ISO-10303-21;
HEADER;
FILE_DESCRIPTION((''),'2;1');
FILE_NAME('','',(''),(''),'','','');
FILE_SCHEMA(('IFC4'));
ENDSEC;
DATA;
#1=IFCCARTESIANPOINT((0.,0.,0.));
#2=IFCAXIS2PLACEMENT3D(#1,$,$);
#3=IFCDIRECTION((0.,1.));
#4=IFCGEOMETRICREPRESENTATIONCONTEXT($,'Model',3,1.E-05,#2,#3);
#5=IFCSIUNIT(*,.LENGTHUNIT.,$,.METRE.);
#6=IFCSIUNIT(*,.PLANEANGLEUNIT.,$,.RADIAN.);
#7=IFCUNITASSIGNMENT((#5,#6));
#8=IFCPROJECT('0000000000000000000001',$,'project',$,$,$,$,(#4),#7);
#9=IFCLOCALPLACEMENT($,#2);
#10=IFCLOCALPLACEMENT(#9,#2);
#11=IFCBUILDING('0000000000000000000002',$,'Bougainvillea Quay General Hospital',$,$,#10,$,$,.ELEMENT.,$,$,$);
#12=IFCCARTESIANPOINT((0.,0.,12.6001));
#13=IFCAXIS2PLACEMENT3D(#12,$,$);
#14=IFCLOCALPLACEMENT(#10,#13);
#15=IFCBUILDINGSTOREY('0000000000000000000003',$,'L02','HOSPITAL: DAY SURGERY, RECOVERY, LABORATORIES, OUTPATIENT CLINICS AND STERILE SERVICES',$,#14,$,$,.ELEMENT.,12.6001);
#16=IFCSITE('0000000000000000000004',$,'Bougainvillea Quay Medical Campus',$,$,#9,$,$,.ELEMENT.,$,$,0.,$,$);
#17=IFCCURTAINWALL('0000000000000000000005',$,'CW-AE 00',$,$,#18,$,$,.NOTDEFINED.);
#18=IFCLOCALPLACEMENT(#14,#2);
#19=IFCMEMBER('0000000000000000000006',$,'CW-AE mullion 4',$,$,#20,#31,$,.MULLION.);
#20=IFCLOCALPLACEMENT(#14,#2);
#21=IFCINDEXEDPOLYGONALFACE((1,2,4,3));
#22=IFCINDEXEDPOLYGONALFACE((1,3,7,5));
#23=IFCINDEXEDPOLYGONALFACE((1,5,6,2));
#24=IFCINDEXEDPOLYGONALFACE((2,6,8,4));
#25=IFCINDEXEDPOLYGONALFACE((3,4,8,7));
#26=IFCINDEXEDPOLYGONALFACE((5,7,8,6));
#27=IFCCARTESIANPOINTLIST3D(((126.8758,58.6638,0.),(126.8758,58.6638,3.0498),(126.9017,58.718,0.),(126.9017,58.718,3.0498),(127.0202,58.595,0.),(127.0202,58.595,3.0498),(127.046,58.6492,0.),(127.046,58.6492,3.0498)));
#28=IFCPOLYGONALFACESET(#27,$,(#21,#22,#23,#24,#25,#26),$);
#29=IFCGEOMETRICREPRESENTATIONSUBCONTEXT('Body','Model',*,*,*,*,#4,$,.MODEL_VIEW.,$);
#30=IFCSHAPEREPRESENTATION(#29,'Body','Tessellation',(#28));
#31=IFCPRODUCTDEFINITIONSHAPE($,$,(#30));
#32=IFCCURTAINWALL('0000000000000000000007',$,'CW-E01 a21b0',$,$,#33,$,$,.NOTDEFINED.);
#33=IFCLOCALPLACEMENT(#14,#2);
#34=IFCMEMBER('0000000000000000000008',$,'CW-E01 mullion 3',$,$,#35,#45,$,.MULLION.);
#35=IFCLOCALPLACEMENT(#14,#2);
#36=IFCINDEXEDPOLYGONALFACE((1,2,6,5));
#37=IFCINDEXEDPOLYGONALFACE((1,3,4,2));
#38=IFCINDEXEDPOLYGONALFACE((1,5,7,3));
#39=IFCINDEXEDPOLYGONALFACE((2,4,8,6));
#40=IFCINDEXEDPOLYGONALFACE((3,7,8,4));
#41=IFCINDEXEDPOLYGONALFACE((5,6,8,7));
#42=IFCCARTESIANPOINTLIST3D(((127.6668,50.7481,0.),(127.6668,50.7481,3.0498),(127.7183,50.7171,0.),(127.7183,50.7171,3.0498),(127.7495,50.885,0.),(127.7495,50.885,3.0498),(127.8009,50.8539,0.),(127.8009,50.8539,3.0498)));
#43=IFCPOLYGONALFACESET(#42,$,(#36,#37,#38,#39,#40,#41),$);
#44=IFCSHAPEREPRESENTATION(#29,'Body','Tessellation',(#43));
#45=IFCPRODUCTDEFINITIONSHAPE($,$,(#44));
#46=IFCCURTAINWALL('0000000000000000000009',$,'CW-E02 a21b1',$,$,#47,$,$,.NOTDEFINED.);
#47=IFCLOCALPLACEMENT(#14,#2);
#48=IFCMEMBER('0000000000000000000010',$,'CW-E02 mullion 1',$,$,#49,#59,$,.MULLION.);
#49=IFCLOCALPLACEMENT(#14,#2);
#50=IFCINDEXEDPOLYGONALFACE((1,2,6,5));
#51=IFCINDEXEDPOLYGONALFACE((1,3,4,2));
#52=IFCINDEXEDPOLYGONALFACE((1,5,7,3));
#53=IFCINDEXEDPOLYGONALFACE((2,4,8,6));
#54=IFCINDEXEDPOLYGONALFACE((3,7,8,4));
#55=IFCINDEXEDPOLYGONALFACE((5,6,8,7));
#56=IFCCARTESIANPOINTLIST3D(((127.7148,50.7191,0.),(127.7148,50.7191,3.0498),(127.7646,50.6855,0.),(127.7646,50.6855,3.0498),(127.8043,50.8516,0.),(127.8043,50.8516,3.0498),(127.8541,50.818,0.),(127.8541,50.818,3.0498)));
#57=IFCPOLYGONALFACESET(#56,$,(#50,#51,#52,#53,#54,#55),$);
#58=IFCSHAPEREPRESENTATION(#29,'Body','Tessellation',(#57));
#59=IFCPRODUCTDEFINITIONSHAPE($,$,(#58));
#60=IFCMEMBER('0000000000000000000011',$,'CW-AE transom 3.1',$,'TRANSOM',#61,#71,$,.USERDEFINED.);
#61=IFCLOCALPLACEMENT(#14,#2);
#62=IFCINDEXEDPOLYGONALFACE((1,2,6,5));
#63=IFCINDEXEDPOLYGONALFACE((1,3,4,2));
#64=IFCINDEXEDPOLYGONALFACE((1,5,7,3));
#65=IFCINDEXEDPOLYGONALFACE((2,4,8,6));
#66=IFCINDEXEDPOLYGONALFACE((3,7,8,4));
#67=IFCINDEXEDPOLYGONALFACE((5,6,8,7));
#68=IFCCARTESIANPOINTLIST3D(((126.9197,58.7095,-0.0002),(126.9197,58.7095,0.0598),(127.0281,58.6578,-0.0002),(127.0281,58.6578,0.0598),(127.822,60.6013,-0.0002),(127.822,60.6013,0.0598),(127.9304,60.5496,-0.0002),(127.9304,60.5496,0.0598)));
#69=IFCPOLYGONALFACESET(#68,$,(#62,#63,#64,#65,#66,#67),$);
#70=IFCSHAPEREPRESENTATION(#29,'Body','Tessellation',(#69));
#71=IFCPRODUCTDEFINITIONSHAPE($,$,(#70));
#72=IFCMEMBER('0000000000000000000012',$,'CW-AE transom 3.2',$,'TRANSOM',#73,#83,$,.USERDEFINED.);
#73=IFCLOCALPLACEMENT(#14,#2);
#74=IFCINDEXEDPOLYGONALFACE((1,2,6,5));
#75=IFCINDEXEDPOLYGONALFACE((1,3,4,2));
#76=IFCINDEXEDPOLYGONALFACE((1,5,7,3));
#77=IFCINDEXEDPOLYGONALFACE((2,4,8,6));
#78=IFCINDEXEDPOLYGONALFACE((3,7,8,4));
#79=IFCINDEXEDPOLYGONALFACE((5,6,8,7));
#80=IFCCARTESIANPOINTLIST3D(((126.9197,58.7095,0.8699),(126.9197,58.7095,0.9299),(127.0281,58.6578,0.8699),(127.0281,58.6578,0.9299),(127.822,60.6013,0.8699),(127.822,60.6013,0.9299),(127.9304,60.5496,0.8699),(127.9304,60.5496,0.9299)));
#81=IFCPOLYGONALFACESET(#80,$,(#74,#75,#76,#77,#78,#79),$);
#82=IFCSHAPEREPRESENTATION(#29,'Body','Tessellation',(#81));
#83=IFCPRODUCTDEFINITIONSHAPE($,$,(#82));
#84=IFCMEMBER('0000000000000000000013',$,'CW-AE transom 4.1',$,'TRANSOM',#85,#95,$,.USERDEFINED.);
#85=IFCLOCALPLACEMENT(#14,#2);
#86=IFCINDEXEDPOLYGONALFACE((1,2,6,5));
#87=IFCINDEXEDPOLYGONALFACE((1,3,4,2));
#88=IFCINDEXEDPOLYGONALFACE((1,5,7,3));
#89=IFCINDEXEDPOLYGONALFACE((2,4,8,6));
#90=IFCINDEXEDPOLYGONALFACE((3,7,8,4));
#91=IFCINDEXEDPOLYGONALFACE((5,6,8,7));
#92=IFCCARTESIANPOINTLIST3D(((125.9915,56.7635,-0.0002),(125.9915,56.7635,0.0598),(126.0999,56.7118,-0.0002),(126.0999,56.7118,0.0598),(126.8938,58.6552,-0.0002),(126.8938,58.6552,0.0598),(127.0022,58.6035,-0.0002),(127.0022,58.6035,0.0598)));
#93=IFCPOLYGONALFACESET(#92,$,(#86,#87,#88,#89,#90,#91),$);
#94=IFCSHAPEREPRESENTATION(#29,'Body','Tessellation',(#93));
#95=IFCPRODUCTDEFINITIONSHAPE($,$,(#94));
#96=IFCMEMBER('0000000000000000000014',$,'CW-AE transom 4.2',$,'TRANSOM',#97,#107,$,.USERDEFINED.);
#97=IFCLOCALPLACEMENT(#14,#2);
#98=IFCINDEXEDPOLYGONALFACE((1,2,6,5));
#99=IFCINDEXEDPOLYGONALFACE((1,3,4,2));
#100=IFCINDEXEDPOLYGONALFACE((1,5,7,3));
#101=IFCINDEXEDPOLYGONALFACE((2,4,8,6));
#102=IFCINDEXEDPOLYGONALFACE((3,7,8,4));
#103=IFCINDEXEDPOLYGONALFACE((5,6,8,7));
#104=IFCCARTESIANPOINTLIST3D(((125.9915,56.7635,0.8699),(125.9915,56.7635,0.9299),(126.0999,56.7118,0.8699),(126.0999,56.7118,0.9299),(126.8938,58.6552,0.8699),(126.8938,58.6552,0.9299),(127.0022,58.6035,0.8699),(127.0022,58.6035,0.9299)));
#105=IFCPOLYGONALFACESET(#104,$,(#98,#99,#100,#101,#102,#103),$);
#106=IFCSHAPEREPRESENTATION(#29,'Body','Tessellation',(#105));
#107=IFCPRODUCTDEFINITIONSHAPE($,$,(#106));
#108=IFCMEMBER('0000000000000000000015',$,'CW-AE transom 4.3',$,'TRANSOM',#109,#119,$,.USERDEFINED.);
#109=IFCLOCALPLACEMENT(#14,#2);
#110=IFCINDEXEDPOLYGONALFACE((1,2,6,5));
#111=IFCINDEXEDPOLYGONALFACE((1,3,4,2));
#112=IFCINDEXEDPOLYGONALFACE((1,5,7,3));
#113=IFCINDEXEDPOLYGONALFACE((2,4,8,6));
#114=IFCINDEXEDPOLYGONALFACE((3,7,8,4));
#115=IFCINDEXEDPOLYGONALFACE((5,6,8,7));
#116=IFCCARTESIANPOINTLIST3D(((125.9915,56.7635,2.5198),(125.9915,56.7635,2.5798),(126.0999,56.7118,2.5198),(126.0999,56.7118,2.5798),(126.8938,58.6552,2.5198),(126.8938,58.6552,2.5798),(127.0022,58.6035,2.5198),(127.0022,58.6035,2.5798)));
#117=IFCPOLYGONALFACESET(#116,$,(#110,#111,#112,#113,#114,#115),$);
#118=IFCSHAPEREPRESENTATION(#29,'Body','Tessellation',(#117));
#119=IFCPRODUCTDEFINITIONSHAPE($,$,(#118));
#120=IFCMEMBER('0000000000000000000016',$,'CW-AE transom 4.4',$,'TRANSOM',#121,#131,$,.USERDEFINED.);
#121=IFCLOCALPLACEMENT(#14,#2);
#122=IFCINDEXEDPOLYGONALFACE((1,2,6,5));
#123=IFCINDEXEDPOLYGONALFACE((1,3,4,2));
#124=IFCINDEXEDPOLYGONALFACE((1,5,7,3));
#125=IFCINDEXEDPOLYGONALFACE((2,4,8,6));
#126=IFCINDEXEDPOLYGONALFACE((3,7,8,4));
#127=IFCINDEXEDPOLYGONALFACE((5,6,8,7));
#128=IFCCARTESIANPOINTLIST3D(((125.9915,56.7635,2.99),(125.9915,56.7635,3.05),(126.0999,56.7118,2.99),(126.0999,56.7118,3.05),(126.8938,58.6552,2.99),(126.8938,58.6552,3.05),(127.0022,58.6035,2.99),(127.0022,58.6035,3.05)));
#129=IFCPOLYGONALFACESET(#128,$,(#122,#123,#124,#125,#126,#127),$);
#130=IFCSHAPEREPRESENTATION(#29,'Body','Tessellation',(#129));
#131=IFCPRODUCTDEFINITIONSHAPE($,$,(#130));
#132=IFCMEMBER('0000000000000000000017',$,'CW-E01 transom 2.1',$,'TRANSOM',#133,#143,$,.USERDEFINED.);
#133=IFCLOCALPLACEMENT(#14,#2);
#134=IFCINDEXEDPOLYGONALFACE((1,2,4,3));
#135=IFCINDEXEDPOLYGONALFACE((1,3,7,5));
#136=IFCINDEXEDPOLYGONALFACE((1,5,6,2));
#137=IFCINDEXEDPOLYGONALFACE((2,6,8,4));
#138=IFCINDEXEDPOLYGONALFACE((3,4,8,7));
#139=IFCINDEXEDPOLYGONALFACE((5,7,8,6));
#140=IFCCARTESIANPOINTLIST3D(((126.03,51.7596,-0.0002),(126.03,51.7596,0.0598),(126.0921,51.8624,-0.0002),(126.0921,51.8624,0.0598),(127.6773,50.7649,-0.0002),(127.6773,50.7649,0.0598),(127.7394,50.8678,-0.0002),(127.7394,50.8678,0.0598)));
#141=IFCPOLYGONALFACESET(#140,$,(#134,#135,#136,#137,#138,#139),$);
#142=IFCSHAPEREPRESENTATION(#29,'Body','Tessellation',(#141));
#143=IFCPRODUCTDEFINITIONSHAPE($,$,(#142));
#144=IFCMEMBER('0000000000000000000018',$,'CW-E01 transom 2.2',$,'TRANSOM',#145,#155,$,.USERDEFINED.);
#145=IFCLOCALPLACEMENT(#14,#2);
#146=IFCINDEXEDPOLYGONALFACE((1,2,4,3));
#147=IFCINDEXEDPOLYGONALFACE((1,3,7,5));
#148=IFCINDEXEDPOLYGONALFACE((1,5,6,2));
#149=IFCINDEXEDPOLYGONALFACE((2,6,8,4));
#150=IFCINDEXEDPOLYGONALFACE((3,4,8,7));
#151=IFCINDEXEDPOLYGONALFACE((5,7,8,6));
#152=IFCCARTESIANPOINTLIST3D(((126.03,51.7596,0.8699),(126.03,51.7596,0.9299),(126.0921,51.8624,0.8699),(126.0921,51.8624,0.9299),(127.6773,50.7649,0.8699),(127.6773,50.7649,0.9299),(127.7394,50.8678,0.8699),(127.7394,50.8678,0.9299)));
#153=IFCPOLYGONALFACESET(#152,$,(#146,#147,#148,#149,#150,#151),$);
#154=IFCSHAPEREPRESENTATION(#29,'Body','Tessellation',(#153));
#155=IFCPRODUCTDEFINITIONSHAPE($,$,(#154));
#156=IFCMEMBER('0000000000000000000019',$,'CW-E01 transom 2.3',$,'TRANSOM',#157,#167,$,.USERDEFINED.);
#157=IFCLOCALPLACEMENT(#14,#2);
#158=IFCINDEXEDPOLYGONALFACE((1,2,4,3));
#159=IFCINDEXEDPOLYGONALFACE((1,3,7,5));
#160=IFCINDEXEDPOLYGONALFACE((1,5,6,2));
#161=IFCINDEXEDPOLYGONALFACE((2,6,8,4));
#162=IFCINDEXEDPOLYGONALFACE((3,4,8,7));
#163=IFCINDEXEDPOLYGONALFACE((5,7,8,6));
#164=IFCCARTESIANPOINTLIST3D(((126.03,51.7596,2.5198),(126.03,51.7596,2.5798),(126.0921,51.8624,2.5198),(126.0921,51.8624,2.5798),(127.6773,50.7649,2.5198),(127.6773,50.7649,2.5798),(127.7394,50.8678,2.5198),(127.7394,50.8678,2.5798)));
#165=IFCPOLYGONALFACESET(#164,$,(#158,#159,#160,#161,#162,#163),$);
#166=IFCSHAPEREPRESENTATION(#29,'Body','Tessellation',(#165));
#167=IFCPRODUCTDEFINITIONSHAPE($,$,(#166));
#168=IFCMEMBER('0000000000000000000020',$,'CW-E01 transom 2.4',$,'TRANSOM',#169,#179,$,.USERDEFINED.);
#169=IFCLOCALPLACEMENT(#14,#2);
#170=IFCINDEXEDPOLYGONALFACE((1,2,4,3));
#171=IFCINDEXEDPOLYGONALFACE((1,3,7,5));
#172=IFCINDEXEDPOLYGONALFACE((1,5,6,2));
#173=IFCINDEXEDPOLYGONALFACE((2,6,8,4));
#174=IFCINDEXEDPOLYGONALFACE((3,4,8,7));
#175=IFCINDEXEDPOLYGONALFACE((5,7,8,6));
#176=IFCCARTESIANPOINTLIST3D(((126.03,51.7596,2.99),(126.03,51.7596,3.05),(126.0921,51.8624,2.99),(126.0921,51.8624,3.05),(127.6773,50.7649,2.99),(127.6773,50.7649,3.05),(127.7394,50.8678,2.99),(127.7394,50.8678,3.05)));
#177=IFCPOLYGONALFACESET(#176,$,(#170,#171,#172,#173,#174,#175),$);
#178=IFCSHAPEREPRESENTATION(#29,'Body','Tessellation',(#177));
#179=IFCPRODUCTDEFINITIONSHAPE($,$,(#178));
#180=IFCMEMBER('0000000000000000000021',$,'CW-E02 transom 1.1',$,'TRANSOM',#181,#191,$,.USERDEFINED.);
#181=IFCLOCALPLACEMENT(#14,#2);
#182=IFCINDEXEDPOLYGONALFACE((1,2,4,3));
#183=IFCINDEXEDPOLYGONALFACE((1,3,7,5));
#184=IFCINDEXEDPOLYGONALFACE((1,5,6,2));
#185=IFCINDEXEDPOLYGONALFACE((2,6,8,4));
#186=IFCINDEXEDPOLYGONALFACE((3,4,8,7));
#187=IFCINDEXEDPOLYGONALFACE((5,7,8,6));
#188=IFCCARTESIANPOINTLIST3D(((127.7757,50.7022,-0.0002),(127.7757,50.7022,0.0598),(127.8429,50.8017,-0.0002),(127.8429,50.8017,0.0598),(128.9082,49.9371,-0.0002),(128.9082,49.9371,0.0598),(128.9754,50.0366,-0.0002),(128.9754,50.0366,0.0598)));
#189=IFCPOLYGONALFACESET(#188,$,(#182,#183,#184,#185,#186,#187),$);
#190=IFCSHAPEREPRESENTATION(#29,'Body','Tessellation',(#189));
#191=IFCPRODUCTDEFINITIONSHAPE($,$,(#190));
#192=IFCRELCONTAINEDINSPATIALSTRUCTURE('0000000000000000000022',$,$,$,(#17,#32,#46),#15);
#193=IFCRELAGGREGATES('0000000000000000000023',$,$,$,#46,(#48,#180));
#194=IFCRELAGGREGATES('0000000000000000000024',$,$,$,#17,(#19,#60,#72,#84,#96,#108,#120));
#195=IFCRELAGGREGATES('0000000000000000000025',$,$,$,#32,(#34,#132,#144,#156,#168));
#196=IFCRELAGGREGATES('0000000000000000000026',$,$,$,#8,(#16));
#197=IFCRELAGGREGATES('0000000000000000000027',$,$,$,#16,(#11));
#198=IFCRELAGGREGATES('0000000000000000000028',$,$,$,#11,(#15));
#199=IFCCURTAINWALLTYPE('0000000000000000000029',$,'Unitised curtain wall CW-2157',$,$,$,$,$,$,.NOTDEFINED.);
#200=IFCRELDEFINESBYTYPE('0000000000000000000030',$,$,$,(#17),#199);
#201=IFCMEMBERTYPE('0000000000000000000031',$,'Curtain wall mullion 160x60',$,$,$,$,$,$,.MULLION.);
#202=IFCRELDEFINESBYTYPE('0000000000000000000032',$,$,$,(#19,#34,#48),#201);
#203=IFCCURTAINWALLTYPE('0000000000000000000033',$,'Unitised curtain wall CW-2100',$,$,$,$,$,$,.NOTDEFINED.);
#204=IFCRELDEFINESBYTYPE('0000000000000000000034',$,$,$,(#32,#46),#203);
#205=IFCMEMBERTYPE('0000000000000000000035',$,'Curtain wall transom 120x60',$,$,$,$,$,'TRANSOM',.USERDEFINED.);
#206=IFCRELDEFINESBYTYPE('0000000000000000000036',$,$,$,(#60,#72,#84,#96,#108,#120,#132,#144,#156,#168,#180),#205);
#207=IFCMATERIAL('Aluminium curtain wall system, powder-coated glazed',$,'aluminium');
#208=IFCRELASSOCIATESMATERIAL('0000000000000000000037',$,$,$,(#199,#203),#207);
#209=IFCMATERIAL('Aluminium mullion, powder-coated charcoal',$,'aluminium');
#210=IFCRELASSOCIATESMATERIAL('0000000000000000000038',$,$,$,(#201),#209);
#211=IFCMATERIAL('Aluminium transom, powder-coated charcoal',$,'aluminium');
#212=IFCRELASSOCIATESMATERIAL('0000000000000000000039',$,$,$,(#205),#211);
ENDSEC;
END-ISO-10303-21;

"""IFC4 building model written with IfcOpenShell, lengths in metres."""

from ifc_helpers import new_model, si_unit, direction, frame, origin, origin_2d, place, context, subcontext, project, spatial, rectangle, extrude, material, material_profile, profile_set, type_object, element, aggregate, save


model = new_model("IFC4")

# Units and contexts
model_context = context("Model", 3, precision=1e-05, world=origin(), true_north=direction((0.0, 1.0)))
body_context = subcontext(model_context, "Body", "Model", "MODEL_VIEW")
ifc_project = project(units=[si_unit("LENGTHUNIT", "METRE"), si_unit("PLANEANGLEUNIT", "RADIAN")], contexts=[model_context])

# Site, building, storey
site_placement = place(None, origin())
site = spatial("IfcSite", under=ifc_project, at=site_placement, Name="Bougainvillea Quay Medical Campus", CompositionType="ELEMENT", RefElevation=0.0)
building_placement = place(site_placement, origin())
building = spatial("IfcBuilding", under=site, at=building_placement, Name="Bougainvillea Quay General Hospital", CompositionType="ELEMENT")
storey_placement = place(building_placement, frame((0.0, 0.0, 12.6001)))
storey = spatial("IfcBuildingStorey", under=building, at=storey_placement, Name="L02", Description="HOSPITAL: DAY SURGERY, RECOVERY, LABORATORIES, OUTPATIENT CLINICS AND STERILE SERVICES", CompositionType="ELEMENT", Elevation=12.6001)

# Curtain walls, members
ifc_material_1 = material(Name="Aluminium curtain wall system, powder-coated glazed", Category="aluminium")
curtain_wall_type_1 = type_object("IfcCurtainWallType", Name="Unitised curtain wall CW-2157", PredefinedType="NOTDEFINED", material=ifc_material_1)
curtain_wall_1_placement = place(storey_placement, origin())
curtain_wall_1 = element("IfcCurtainWall", 1, at=curtain_wall_1_placement, inside=storey, type_object=curtain_wall_type_1, Name="CW-AE 00", PredefinedType="NOTDEFINED")
ifc_material_2 = material(Name="Aluminium mullion, powder-coated charcoal", Category="aluminium")
ifc_material_profile_1 = material_profile(ifc_material_2, rectangle(XDim=0.1599, YDim=0.0601, at=origin_2d()))
ifc_profile_set_1 = profile_set([ifc_material_profile_1], Name="Aluminium mullion, powder-coated charcoal")
member_type_1 = type_object("IfcMemberType", Name="Curtain wall mullion 160x60", PredefinedType="MULLION", material=ifc_profile_set_1)
member_1_placement = place(storey_placement, frame((126.9609, 58.6565, 0.0), z_axis=(0.0, 0.0, 1.0), x_axis=(0.902576, -0.43053, 0.0)))
member_1 = element("IfcMember", 2, at=member_1_placement, type_object=member_type_1, Name="CW-AE mullion 4", PredefinedType="MULLION", context=body_context, shape_type="SweptSolid", body=[
    extrude(rectangle(XDim=0.1599, YDim=0.0601, at=origin_2d()), origin(), (0.0, 0.0, 1.0), 3.0498),
])
curtain_wall_type_2 = type_object("IfcCurtainWallType", Name="Unitised curtain wall CW-2100", PredefinedType="NOTDEFINED", material=ifc_material_1)
curtain_wall_2_placement = place(storey_placement, origin())
curtain_wall_2 = element("IfcCurtainWall", 3, at=curtain_wall_2_placement, inside=storey, type_object=curtain_wall_type_2, Name="CW-E01 a21b0", PredefinedType="NOTDEFINED")
member_2_placement = place(storey_placement, frame((127.7339, 50.801, 0.0), z_axis=(0.0, 0.0, 1.0), x_axis=(0.516938, 0.856023, 0.0)))
member_2 = element("IfcMember", 4, at=member_2_placement, type_object=member_type_1, Name="CW-E01 mullion 3", PredefinedType="MULLION", context=body_context, shape_type="SweptSolid", body=[
    extrude(rectangle(XDim=0.1599, YDim=0.0601, at=origin_2d()), origin(), (0.0, 0.0, 1.0), 3.0498),
])
curtain_wall_3_placement = place(storey_placement, origin())
curtain_wall_3 = element("IfcCurtainWall", 5, at=curtain_wall_3_placement, inside=storey, type_object=curtain_wall_type_2, Name="CW-E02 a21b1", PredefinedType="NOTDEFINED")
member_3_placement = place(storey_placement, frame((127.7844, 50.7686, 0.0), z_axis=(0.0, 0.0, 1.0), x_axis=(0.559637, 0.828738, 0.0)))
member_3 = element("IfcMember", 6, at=member_3_placement, type_object=member_type_1, Name="CW-E02 mullion 1", PredefinedType="MULLION", context=body_context, shape_type="SweptSolid", body=[
    extrude(rectangle(XDim=0.1599, YDim=0.0601, at=origin_2d()), origin(), (0.0, 0.0, 1.0), 3.0498),
])

# Members
ifc_material_3 = material(Name="Aluminium transom, powder-coated charcoal", Category="aluminium")
ifc_material_profile_2 = material_profile(ifc_material_3, rectangle(XDim=0.1201, YDim=0.0601, at=origin_2d()))
ifc_profile_set_2 = profile_set([ifc_material_profile_2], Name="Aluminium transom, powder-coated charcoal")
member_type_2 = type_object("IfcMemberType", Name="Curtain wall transom 120x60", ElementType="TRANSOM", PredefinedType="USERDEFINED", material=ifc_profile_set_2)
member_4_placement = place(storey_placement, frame((127.8762, 60.5754, 0.0298), z_axis=(-0.430503, -0.902589, 0.0), x_axis=(0.902589, -0.430503, 0.0)))
member_4 = element("IfcMember", 7, at=member_4_placement, type_object=member_type_2, Name="CW-AE transom 3.1", ObjectType="TRANSOM", PredefinedType="USERDEFINED", context=body_context, shape_type="SweptSolid", body=[
    extrude(rectangle(XDim=0.1201, YDim=0.0601, at=origin_2d()), origin(), (0.0, 0.0, 1.0), 2.0959),
])
member_5_placement = place(storey_placement, frame((127.8762, 60.5754, 0.8999), z_axis=(-0.430503, -0.902589, 0.0), x_axis=(0.902589, -0.430503, 0.0)))
member_5 = element("IfcMember", 8, at=member_5_placement, type_object=member_type_2, Name="CW-AE transom 3.2", ObjectType="TRANSOM", PredefinedType="USERDEFINED", context=body_context, shape_type="SweptSolid", body=[
    extrude(rectangle(XDim=0.1201, YDim=0.0601, at=origin_2d()), origin(), (0.0, 0.0, 1.0), 2.0959),
])
member_6_placement = place(storey_placement, frame((126.948, 58.6294, 0.0298), z_axis=(-0.430503, -0.902589, 0.0), x_axis=(0.902589, -0.430503, 0.0)))
member_6 = element("IfcMember", 9, at=member_6_placement, type_object=member_type_2, Name="CW-AE transom 4.1", ObjectType="TRANSOM", PredefinedType="USERDEFINED", context=body_context, shape_type="SweptSolid", body=[
    extrude(rectangle(XDim=0.1201, YDim=0.0601, at=origin_2d()), origin(), (0.0, 0.0, 1.0), 2.0959),
])
member_7_placement = place(storey_placement, frame((126.948, 58.6294, 0.8999), z_axis=(-0.430503, -0.902589, 0.0), x_axis=(0.902589, -0.430503, 0.0)))
member_7 = element("IfcMember", 10, at=member_7_placement, type_object=member_type_2, Name="CW-AE transom 4.2", ObjectType="TRANSOM", PredefinedType="USERDEFINED", context=body_context, shape_type="SweptSolid", body=[
    extrude(rectangle(XDim=0.1201, YDim=0.0601, at=origin_2d()), origin(), (0.0, 0.0, 1.0), 2.0959),
])
member_8_placement = place(storey_placement, frame((126.948, 58.6294, 2.5498), z_axis=(-0.430503, -0.902589, 0.0), x_axis=(0.902589, -0.430503, 0.0)))
member_8 = element("IfcMember", 11, at=member_8_placement, type_object=member_type_2, Name="CW-AE transom 4.3", ObjectType="TRANSOM", PredefinedType="USERDEFINED", context=body_context, shape_type="SweptSolid", body=[
    extrude(rectangle(XDim=0.1201, YDim=0.0601, at=origin_2d()), origin(), (0.0, 0.0, 1.0), 2.0959),
])
member_9_placement = place(storey_placement, frame((126.948, 58.6294, 3.02), z_axis=(-0.430503, -0.902589, 0.0), x_axis=(0.902589, -0.430503, 0.0)))
member_9 = element("IfcMember", 12, at=member_9_placement, type_object=member_type_2, Name="CW-AE transom 4.4", ObjectType="TRANSOM", PredefinedType="USERDEFINED", context=body_context, shape_type="SweptSolid", body=[
    extrude(rectangle(XDim=0.1201, YDim=0.0601, at=origin_2d()), origin(), (0.0, 0.0, 1.0), 2.0959),
])
member_10_placement = place(storey_placement, frame((126.061, 51.811, 0.0298), z_axis=(0.856045, -0.516901, 0.0), x_axis=(0.516901, 0.856045, 0.0)))
member_10 = element("IfcMember", 13, at=member_10_placement, type_object=member_type_2, Name="CW-E01 transom 2.1", ObjectType="TRANSOM", PredefinedType="USERDEFINED", context=body_context, shape_type="SweptSolid", body=[
    extrude(rectangle(XDim=0.1201, YDim=0.0601, at=origin_2d()), origin(), (0.0, 0.0, 1.0), 1.9243),
])
member_11_placement = place(storey_placement, frame((126.061, 51.811, 0.8999), z_axis=(0.856045, -0.516901, 0.0), x_axis=(0.516901, 0.856045, 0.0)))
member_11 = element("IfcMember", 14, at=member_11_placement, type_object=member_type_2, Name="CW-E01 transom 2.2", ObjectType="TRANSOM", PredefinedType="USERDEFINED", context=body_context, shape_type="SweptSolid", body=[
    extrude(rectangle(XDim=0.1201, YDim=0.0601, at=origin_2d()), origin(), (0.0, 0.0, 1.0), 1.9243),
])
member_12_placement = place(storey_placement, frame((126.061, 51.811, 2.5498), z_axis=(0.856045, -0.516901, 0.0), x_axis=(0.516901, 0.856045, 0.0)))
member_12 = element("IfcMember", 15, at=member_12_placement, type_object=member_type_2, Name="CW-E01 transom 2.3", ObjectType="TRANSOM", PredefinedType="USERDEFINED", context=body_context, shape_type="SweptSolid", body=[
    extrude(rectangle(XDim=0.1201, YDim=0.0601, at=origin_2d()), origin(), (0.0, 0.0, 1.0), 1.9243),
])
member_13_placement = place(storey_placement, frame((126.061, 51.811, 3.02), z_axis=(0.856045, -0.516901, 0.0), x_axis=(0.516901, 0.856045, 0.0)))
member_13 = element("IfcMember", 16, at=member_13_placement, type_object=member_type_2, Name="CW-E01 transom 2.4", ObjectType="TRANSOM", PredefinedType="USERDEFINED", context=body_context, shape_type="SweptSolid", body=[
    extrude(rectangle(XDim=0.1201, YDim=0.0601, at=origin_2d()), origin(), (0.0, 0.0, 1.0), 1.9243),
])
member_14_placement = place(storey_placement, frame((127.8093, 50.752, 0.0298), z_axis=(0.828627, -0.559801, 0.0), x_axis=(0.559801, 0.828627, 0.0)))
member_14 = element("IfcMember", 17, at=member_14_placement, type_object=member_type_2, Name="CW-E02 transom 1.1", ObjectType="TRANSOM", PredefinedType="USERDEFINED", context=body_context, shape_type="SweptSolid", body=[
    extrude(rectangle(XDim=0.1201, YDim=0.0601, at=origin_2d()), origin(), (0.0, 0.0, 1.0), 1.3667),
])
aggregate(curtain_wall_3, [member_3, member_14])

aggregate(curtain_wall_1, [member_1, member_4, member_5, member_6, member_7, member_8, member_9])
aggregate(curtain_wall_2, [member_2, member_10, member_11, member_12, member_13])

save(model, "model.ifc")
